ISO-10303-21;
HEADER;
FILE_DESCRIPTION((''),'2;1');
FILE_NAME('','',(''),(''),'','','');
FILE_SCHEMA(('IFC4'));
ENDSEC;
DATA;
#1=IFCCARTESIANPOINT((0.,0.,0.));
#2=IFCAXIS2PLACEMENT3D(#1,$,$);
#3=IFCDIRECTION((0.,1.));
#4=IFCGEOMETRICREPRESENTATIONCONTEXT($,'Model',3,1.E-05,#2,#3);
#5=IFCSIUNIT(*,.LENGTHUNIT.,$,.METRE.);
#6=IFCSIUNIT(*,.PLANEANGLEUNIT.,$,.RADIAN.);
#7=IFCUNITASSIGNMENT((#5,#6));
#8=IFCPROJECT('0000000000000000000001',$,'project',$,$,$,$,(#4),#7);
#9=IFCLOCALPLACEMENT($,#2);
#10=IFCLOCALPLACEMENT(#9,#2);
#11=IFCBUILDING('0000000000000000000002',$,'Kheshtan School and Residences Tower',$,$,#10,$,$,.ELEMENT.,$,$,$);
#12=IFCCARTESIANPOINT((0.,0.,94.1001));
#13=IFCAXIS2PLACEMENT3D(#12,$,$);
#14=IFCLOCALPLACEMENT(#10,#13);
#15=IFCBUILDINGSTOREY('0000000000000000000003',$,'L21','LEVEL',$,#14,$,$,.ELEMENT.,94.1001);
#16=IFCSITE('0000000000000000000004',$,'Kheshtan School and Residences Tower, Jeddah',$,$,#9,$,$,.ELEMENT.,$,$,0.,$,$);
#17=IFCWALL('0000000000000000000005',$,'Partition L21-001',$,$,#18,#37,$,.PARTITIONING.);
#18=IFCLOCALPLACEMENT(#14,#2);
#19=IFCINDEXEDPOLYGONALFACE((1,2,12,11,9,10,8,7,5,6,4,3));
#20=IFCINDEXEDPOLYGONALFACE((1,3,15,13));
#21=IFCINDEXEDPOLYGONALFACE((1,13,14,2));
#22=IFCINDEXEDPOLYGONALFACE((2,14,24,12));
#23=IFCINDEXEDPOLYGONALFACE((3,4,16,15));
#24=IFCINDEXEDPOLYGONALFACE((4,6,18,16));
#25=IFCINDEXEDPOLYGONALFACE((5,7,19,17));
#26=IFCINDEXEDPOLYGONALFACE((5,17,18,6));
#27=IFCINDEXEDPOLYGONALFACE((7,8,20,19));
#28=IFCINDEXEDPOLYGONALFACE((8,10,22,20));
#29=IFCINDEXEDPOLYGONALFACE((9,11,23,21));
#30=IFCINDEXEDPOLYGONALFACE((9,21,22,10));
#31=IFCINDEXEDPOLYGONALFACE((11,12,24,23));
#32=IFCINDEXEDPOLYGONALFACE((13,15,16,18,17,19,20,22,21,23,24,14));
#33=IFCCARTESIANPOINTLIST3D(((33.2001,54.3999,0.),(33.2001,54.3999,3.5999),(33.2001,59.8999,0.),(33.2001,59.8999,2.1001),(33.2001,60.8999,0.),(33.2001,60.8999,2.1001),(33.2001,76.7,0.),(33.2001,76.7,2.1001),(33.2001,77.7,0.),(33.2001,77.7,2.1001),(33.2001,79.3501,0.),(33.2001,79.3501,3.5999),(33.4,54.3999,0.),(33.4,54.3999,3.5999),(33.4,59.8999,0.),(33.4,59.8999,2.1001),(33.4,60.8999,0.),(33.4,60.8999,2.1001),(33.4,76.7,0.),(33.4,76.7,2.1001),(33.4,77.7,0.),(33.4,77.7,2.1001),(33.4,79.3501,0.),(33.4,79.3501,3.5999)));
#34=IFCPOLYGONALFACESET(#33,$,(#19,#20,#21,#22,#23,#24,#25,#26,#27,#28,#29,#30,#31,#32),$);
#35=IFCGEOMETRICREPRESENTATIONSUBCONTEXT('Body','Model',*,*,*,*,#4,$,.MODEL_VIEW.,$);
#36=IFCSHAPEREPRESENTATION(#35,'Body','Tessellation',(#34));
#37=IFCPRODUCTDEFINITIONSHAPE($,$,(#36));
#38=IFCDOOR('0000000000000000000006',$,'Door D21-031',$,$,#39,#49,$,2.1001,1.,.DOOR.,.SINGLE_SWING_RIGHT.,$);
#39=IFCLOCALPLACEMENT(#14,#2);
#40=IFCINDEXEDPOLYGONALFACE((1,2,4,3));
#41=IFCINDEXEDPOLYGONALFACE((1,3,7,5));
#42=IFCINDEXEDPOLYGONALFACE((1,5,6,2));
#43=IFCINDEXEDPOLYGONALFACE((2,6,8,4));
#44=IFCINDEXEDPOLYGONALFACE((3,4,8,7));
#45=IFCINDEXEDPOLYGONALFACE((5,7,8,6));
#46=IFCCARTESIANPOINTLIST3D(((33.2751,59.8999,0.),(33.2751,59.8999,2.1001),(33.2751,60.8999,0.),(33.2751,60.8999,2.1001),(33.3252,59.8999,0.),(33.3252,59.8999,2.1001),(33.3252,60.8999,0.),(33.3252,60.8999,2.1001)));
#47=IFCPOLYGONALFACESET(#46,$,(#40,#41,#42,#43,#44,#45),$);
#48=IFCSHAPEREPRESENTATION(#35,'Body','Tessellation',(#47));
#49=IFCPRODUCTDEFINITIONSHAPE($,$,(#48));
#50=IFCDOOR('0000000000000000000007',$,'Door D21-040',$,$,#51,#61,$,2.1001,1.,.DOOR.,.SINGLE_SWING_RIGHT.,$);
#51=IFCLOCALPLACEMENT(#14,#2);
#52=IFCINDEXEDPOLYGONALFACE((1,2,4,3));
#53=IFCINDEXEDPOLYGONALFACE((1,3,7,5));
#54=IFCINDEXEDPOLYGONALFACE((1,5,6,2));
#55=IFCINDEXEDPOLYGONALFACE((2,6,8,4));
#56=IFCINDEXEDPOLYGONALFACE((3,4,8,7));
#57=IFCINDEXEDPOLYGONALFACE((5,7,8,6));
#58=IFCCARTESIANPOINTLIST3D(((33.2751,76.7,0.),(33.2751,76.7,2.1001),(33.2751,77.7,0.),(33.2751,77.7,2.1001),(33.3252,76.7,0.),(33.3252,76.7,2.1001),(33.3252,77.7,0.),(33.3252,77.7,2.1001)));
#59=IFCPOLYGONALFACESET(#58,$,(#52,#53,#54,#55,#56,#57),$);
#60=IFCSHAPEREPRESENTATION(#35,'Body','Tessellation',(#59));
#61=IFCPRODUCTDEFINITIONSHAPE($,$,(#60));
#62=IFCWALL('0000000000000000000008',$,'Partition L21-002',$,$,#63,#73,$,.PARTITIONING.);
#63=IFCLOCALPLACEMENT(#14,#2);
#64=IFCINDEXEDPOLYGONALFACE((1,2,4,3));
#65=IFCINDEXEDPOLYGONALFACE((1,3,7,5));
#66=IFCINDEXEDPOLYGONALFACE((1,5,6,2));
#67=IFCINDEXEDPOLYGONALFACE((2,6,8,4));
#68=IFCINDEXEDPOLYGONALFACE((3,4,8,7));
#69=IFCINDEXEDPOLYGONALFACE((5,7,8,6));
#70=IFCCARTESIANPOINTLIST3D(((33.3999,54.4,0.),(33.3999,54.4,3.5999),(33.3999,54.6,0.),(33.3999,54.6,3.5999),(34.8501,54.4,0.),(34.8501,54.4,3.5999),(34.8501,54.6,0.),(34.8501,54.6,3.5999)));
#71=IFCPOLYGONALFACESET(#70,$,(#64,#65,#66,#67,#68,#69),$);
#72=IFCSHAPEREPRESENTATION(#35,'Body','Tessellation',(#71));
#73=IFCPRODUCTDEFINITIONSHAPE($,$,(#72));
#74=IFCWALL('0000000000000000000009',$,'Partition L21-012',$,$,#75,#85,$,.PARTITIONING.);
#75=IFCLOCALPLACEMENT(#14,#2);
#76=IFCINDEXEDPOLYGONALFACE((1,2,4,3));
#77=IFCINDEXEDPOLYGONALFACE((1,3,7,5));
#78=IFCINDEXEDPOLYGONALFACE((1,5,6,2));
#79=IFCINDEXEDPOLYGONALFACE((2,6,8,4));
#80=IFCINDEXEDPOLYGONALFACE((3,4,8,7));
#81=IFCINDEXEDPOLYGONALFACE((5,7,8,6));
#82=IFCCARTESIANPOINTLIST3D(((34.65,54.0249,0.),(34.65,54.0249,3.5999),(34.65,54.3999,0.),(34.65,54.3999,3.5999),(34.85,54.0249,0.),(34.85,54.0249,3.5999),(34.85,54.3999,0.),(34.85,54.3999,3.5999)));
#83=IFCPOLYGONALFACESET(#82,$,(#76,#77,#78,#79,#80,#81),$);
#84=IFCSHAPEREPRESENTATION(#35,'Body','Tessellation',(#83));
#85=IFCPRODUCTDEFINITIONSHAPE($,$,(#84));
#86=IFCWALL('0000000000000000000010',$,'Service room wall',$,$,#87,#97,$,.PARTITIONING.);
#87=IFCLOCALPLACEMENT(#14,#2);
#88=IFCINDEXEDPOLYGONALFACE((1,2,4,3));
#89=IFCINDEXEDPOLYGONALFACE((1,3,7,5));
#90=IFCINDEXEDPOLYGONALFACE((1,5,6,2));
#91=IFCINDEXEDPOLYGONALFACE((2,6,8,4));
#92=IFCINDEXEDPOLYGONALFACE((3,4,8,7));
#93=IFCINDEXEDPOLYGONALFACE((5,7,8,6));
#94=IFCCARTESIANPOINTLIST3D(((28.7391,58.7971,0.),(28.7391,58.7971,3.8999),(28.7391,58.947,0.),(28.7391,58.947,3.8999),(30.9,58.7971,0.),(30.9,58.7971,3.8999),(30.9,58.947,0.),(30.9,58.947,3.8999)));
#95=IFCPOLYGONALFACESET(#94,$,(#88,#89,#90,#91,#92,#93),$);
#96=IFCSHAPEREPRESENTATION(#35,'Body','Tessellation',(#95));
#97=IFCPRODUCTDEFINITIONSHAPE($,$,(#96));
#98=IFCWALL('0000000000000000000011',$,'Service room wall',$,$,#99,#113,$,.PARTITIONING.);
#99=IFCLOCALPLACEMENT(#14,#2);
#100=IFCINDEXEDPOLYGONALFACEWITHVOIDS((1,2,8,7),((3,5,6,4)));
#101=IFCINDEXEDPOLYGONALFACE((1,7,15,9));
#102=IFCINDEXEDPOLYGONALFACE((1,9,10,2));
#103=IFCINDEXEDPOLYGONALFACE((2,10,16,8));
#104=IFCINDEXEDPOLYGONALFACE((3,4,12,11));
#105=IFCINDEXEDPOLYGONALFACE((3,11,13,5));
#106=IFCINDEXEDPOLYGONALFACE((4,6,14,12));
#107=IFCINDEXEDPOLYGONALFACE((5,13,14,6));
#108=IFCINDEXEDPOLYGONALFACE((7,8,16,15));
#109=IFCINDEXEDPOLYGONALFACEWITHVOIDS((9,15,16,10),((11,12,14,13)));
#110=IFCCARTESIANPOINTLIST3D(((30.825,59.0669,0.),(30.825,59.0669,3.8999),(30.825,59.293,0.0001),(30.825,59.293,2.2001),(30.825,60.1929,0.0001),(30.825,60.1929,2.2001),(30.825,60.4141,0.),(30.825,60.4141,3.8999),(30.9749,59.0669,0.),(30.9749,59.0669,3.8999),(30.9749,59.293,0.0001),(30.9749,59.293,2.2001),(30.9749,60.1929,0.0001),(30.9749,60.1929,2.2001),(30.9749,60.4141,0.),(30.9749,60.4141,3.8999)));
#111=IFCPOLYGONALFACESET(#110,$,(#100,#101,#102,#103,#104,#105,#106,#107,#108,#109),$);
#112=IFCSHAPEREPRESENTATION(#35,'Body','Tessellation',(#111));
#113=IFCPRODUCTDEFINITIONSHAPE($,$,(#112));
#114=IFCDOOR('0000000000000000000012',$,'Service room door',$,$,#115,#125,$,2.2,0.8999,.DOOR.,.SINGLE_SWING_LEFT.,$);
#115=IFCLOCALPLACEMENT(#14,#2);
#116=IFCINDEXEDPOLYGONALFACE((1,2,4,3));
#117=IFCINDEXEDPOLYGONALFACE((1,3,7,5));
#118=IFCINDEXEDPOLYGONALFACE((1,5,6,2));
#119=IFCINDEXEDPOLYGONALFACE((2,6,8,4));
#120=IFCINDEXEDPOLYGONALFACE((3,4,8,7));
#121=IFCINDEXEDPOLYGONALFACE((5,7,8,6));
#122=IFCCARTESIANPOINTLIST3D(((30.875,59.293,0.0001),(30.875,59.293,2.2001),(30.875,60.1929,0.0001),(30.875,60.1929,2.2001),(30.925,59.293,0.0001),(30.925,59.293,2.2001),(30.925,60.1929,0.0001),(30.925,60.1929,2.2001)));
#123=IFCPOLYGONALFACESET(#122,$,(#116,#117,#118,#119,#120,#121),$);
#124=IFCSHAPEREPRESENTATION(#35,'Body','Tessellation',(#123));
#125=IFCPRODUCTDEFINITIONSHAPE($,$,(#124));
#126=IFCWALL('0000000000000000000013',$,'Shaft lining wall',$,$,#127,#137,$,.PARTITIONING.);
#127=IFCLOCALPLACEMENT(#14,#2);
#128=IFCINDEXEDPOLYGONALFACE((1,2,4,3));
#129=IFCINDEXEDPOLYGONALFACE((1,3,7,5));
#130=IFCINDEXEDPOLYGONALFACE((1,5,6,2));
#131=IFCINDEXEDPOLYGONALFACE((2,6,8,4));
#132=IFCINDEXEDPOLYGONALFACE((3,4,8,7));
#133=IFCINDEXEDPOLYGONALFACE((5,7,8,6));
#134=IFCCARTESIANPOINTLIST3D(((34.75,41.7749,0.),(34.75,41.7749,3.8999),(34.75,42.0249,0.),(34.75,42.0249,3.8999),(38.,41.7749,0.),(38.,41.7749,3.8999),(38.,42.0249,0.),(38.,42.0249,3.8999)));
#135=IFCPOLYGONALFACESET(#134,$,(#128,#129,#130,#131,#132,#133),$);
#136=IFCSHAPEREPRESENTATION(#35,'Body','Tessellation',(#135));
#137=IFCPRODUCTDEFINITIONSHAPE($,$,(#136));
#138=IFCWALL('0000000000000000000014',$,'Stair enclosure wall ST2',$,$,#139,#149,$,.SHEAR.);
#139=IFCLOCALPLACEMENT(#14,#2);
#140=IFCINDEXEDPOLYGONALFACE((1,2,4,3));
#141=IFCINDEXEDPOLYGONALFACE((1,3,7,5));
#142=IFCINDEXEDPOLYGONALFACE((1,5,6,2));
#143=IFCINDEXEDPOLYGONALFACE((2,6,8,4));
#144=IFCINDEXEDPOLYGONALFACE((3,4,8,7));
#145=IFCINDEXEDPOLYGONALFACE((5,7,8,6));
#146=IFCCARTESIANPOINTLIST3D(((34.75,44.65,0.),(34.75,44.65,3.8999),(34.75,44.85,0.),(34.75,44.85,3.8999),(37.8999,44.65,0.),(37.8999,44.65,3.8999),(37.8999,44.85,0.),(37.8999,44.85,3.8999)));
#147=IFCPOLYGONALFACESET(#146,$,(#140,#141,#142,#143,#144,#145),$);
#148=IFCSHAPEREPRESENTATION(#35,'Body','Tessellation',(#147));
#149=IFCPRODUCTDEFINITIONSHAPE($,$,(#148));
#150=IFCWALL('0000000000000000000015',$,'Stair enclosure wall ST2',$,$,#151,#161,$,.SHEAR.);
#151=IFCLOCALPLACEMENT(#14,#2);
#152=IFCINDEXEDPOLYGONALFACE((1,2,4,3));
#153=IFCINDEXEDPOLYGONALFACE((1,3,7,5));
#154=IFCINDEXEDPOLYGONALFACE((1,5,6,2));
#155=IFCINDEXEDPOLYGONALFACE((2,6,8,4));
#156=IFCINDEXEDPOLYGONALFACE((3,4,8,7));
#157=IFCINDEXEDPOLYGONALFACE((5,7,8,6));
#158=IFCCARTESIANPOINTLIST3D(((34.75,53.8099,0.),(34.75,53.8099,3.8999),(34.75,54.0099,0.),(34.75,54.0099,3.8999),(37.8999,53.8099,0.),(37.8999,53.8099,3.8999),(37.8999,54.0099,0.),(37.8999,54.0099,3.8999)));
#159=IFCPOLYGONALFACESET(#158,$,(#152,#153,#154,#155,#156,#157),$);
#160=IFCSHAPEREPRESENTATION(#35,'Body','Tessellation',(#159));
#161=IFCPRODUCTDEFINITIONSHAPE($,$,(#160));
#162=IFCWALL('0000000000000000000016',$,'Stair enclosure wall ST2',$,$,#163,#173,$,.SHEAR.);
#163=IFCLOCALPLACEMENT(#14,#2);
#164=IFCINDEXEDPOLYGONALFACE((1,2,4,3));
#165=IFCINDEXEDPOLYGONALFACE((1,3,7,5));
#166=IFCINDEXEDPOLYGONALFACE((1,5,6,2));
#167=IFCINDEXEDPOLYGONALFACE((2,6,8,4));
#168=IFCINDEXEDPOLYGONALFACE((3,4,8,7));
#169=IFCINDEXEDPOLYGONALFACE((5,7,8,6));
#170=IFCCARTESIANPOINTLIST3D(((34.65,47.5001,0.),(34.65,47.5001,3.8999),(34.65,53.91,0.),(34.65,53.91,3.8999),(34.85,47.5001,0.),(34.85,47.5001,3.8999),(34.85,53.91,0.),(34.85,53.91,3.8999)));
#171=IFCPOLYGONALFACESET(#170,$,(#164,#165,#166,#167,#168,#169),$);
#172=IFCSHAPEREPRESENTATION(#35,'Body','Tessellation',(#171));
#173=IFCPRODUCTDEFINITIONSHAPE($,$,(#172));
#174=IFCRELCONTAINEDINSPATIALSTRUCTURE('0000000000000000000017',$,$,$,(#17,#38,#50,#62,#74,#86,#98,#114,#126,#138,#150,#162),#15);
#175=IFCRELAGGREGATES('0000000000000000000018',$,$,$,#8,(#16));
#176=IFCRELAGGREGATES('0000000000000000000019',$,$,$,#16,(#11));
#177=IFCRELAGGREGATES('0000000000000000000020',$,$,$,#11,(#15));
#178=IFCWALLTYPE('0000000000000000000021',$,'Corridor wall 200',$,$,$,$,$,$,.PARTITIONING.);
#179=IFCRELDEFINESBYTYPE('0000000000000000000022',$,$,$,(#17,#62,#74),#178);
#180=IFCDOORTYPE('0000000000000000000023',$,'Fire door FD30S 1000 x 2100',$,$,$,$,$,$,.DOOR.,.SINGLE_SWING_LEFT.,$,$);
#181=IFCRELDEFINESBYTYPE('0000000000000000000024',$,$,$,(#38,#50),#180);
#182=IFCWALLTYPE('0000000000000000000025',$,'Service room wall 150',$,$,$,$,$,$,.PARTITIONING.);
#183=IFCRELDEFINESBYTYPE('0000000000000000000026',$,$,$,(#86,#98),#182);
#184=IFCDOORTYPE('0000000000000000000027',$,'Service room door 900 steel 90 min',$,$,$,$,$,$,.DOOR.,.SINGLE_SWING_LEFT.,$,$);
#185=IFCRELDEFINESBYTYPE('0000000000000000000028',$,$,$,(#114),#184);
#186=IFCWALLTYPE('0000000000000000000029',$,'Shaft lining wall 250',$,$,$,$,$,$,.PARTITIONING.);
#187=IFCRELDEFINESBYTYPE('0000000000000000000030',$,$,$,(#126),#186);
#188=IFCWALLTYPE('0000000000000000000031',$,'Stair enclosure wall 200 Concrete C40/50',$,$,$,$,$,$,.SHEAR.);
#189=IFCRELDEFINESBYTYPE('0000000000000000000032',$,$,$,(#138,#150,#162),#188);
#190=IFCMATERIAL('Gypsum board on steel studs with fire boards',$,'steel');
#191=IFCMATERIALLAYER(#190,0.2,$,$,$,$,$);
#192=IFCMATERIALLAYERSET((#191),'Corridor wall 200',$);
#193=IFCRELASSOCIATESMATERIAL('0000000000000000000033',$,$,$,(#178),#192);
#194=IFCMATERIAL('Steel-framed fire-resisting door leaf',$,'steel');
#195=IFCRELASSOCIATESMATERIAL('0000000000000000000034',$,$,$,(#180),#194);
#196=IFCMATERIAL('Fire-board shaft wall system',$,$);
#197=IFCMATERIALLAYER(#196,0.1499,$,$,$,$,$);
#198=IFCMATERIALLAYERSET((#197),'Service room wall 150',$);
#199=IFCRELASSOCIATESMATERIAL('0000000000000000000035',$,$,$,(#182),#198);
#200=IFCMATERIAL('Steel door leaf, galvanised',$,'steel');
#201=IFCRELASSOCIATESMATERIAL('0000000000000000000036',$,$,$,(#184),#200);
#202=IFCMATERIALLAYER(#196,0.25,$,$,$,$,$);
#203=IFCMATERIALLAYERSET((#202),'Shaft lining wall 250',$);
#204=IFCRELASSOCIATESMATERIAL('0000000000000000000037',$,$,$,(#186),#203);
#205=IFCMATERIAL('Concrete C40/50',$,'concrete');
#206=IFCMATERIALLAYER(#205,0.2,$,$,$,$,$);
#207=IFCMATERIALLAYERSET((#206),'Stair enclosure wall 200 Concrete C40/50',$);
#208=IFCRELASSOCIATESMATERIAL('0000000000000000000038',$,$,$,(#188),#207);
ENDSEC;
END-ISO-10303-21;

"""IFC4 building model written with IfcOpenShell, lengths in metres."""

from ifc_helpers import new_model, si_unit, direction, frame, frame_2d, origin, place, context, subcontext, project, spatial, rectangle, extrude, source, transform, mapped, material, layer, layer_set, type_object, element, fill, save


model = new_model("IFC4")

# Units and contexts
model_context = context("Model", 3, precision=1e-05, world=origin(), true_north=direction((0.0, 1.0)))
body_context = subcontext(model_context, "Body", "Model", "MODEL_VIEW")
ifc_project = project(units=[si_unit("LENGTHUNIT", "METRE"), si_unit("PLANEANGLEUNIT", "RADIAN")], contexts=[model_context])

# Site, building, storey
site_placement = place(None, origin())
site = spatial("IfcSite", under=ifc_project, at=site_placement, Name="Kheshtan School and Residences Tower, Jeddah", CompositionType="ELEMENT", RefElevation=0.0)
building_placement = place(site_placement, origin())
building = spatial("IfcBuilding", under=site, at=building_placement, Name="Kheshtan School and Residences Tower", CompositionType="ELEMENT")
storey_placement = place(building_placement, frame((0.0, 0.0, 94.1001)))
storey = spatial("IfcBuildingStorey", under=building, at=storey_placement, Name="L21", Description="LEVEL", CompositionType="ELEMENT", Elevation=94.1001)

# Wall, openings, doors
ifc_material_1 = material(Name="Gypsum board on steel studs with fire boards", Category="steel")
ifc_layer_1 = layer(ifc_material_1, 0.2)
ifc_layer_set_1 = layer_set([ifc_layer_1], Name="Corridor wall 200")
wall_type_1 = type_object("IfcWallType", Name="Corridor wall 200", PredefinedType="PARTITIONING", material=ifc_layer_set_1)
wall_1_placement = place(storey_placement, frame((33.3, 54.3999, 0.0), z_axis=(0.0, 0.0, 1.0), x_axis=(0.0, 1.0, 0.0)))
wall_1 = element("IfcWall", 1, at=wall_1_placement, inside=storey, type_object=wall_type_1, Name="Partition L21-001", PredefinedType="PARTITIONING", context=body_context, shape_type="SweptSolid", body=[
    extrude(rectangle(XDim=24.9502, YDim=0.2, at=frame_2d((12.4751, 0.0))), origin(), (0.0, 0.0, 1.0), 3.5999),
])
opening_1_placement = place(wall_1_placement, frame((5.5, 0.0, 0.0)))
opening_1 = element("IfcOpeningElement", 2, at=opening_1_placement, cuts=wall_1, PredefinedType="OPENING", context=body_context, shape_type="SweptSolid", body=[
    extrude(rectangle(XDim=1.0, YDim=2.1001, at=frame_2d((0.5, 1.05))), frame((0.0, 0.1099, 0.0), z_axis=(0.0, -1.0, 0.0), x_axis=(1.0, 0.0, 0.0)), (0.0, 0.0, 1.0), 0.22),
])
opening_2_placement = place(wall_1_placement, frame((22.3, 0.0, 0.0)))
opening_2 = element("IfcOpeningElement", 3, at=opening_2_placement, cuts=wall_1, PredefinedType="OPENING", context=body_context, shape_type="SweptSolid", body=[
    extrude(rectangle(XDim=1.0, YDim=2.1001, at=frame_2d((0.5, 1.05))), frame((0.0, 0.1099, 0.0), z_axis=(0.0, -1.0, 0.0), x_axis=(1.0, 0.0, 0.0)), (0.0, 0.0, 1.0), 0.22),
])
ifc_material_2 = material(Name="Steel-framed fire-resisting door leaf", Category="steel")
door_type_1 = type_object("IfcDoorType", Name="Fire door FD30S 1000 x 2100", OperationType="SINGLE_SWING_LEFT", PredefinedType="DOOR", material=ifc_material_2)
shared_shape_1 = source(origin(), body_context, "Body", "SweptSolid", [
    extrude(rectangle(XDim=1.0, YDim=2.1001, at=frame_2d((0.5, 1.05))), frame((0.0, 0.0249, 0.0), z_axis=(0.0, -1.0, 0.0), x_axis=(1.0, 0.0, 0.0)), (0.0, 0.0, 1.0), 0.05),
])
door_1_placement = place(opening_1_placement, origin())
door_1 = element("IfcDoor", 4, at=door_1_placement, inside=storey, type_object=door_type_1, Name="Door D21-031", OperationType="SINGLE_SWING_RIGHT", OverallHeight=2.1001, OverallWidth=1.0, PredefinedType="DOOR", context=body_context, shape_type="MappedRepresentation", body=[
    mapped(shared_shape_1, transform((0.0, 0.0, 0.0), x_axis=(1.0, 0.0, 0.0), y_axis=(0.0, 1.0, 0.0), z_axis=(0.0, 0.0, 1.0), scale=1.0)),
])
fill(opening_1, door_1)
door_2_placement = place(opening_2_placement, origin())
door_2 = element("IfcDoor", 5, at=door_2_placement, inside=storey, type_object=door_type_1, Name="Door D21-040", OperationType="SINGLE_SWING_RIGHT", OverallHeight=2.1001, OverallWidth=1.0, PredefinedType="DOOR", context=body_context, shape_type="MappedRepresentation", body=[
    mapped(shared_shape_1, transform((0.0, 0.0, 0.0), x_axis=(1.0, 0.0, 0.0), y_axis=(0.0, 1.0, 0.0), z_axis=(0.0, 0.0, 1.0), scale=1.0)),
])
fill(opening_2, door_2)

# Walls
wall_2_placement = place(storey_placement, frame((33.3999, 54.5, 0.0), z_axis=(0.0, 0.0, 1.0), x_axis=(1.0, 0.0, 0.0)))
element("IfcWall", 6, at=wall_2_placement, inside=storey, type_object=wall_type_1, Name="Partition L21-002", PredefinedType="PARTITIONING", context=body_context, shape_type="SweptSolid", body=[
    extrude(rectangle(XDim=1.4502, YDim=0.2, at=frame_2d((0.7251, 0.0))), origin(), (0.0, 0.0, 1.0), 3.5999),
])
wall_3_placement = place(storey_placement, frame((34.75, 54.0249, 0.0), z_axis=(0.0, 0.0, 1.0), x_axis=(0.0, 1.0, 0.0)))
element("IfcWall", 7, at=wall_3_placement, inside=storey, type_object=wall_type_1, Name="Partition L21-012", PredefinedType="PARTITIONING", context=body_context, shape_type="SweptSolid", body=[
    extrude(rectangle(XDim=0.375, YDim=0.2, at=frame_2d((0.1875, 0.0))), origin(), (0.0, 0.0, 1.0), 3.5999),
])
ifc_material_3 = material(Name="Fire-board shaft wall system")
ifc_layer_2 = layer(ifc_material_3, 0.1499)
ifc_layer_set_2 = layer_set([ifc_layer_2], Name="Service room wall 150")
wall_type_2 = type_object("IfcWallType", Name="Service room wall 150", PredefinedType="PARTITIONING", material=ifc_layer_set_2)
wall_4_placement = place(storey_placement, frame((28.739, 58.8721, 0.0), z_axis=(0.0, 0.0, 1.0), x_axis=(1.0, 0.0, 0.0)))
element("IfcWall", 8, at=wall_4_placement, inside=storey, type_object=wall_type_2, Name="Service room wall", PredefinedType="PARTITIONING", context=body_context, shape_type="SweptSolid", body=[
    extrude(rectangle(XDim=2.1609, YDim=0.1499, at=frame_2d((1.0806, 0.0))), origin(), (0.0, 0.0, 1.0), 3.8999),
])

# Wall, opening, door
wall_5_placement = place(storey_placement, frame((30.8999, 59.0669, 0.0), z_axis=(0.0, 0.0, 1.0), x_axis=(0.0, 1.0, 0.0)))
wall_5 = element("IfcWall", 9, at=wall_5_placement, inside=storey, type_object=wall_type_2, Name="Service room wall", PredefinedType="PARTITIONING", context=body_context, shape_type="SweptSolid", body=[
    extrude(rectangle(XDim=1.3472, YDim=0.1499, at=frame_2d((0.6736, 0.0))), origin(), (0.0, 0.0, 1.0), 3.8999),
])
opening_3_placement = place(wall_5_placement, frame((0.2261, 0.0, 0.0)))
opening_3 = element("IfcOpeningElement", 10, at=opening_3_placement, cuts=wall_5, PredefinedType="OPENING", context=body_context, shape_type="SweptSolid", body=[
    extrude(rectangle(XDim=0.8999, YDim=2.2, at=frame_2d((0.45, 1.1001))), frame((0.0, 0.085, 0.0), z_axis=(0.0, -1.0, 0.0), x_axis=(1.0, 0.0, 0.0)), (0.0, 0.0, 1.0), 0.1699),
])
ifc_material_4 = material(Name="Steel door leaf, galvanised", Category="steel")
door_type_2 = type_object("IfcDoorType", Name="Service room door 900 steel 90 min", OperationType="SINGLE_SWING_LEFT", PredefinedType="DOOR", material=ifc_material_4)
shared_shape_2 = source(origin(), body_context, "Body", "SweptSolid", [
    extrude(rectangle(XDim=0.8999, YDim=2.2, at=frame_2d((0.45, 1.1001))), frame((0.0, 0.0249, 0.0), z_axis=(0.0, -1.0, 0.0), x_axis=(1.0, 0.0, 0.0)), (0.0, 0.0, 1.0), 0.05),
])
door_3_placement = place(opening_3_placement, origin())
door_3 = element("IfcDoor", 11, at=door_3_placement, inside=storey, type_object=door_type_2, Name="Service room door", OperationType="SINGLE_SWING_LEFT", OverallHeight=2.2, OverallWidth=0.8999, PredefinedType="DOOR", context=body_context, shape_type="MappedRepresentation", body=[
    mapped(shared_shape_2, transform((0.0, 0.0, 0.0), x_axis=(1.0, 0.0, 0.0), y_axis=(0.0, 1.0, 0.0), z_axis=(0.0, 0.0, 1.0), scale=1.0)),
])
fill(opening_3, door_3)

# Walls
ifc_layer_3 = layer(ifc_material_3, 0.25)
ifc_layer_set_3 = layer_set([ifc_layer_3], Name="Shaft lining wall 250")
wall_type_3 = type_object("IfcWallType", Name="Shaft lining wall 250", PredefinedType="PARTITIONING", material=ifc_layer_set_3)
wall_6_placement = place(storey_placement, frame((34.75, 41.8999, 0.0), z_axis=(0.0, 0.0, 1.0), x_axis=(1.0, 0.0, 0.0)))
element("IfcWall", 12, at=wall_6_placement, inside=storey, type_object=wall_type_3, Name="Shaft lining wall", PredefinedType="PARTITIONING", context=body_context, shape_type="SweptSolid", body=[
    extrude(rectangle(XDim=3.25, YDim=0.25, at=frame_2d((1.625, 0.0))), origin(), (0.0, 0.0, 1.0), 3.8999),
])
ifc_material_5 = material(Name="Concrete C40/50", Category="concrete")
ifc_layer_4 = layer(ifc_material_5, 0.2)
ifc_layer_set_4 = layer_set([ifc_layer_4], Name="Stair enclosure wall 200 Concrete C40/50")
wall_type_4 = type_object("IfcWallType", Name="Stair enclosure wall 200 Concrete C40/50", PredefinedType="SHEAR", material=ifc_layer_set_4)
for number, where, z_axis, x_axis, name in (
    (13, (34.75, 44.75, 0.0), (0.0, 0.0, 1.0), (1.0, 0.0, 0.0), "Stair enclosure wall ST2"),
    (14, (34.75, 53.9099, 0.0), (0.0, 0.0, 1.0), (1.0, 0.0, 0.0), "Stair enclosure wall ST2"),
):
    element("IfcWall", number, at=place(storey_placement, frame(where, z_axis=z_axis, x_axis=x_axis)), inside=storey, type_object=wall_type_4, Name=name, PredefinedType="SHEAR", context=body_context, shape_type="SweptSolid", body=[
        extrude(rectangle(XDim=3.1499, YDim=0.2, at=frame_2d((1.575, 0.0))), origin(), (0.0, 0.0, 1.0), 3.8999),
    ])
wall_7_placement = place(storey_placement, frame((34.75, 47.5, 0.0), z_axis=(0.0, 0.0, 1.0), x_axis=(0.0, 1.0, 0.0)))
element("IfcWall", 15, at=wall_7_placement, inside=storey, type_object=wall_type_4, Name="Stair enclosure wall ST2", PredefinedType="SHEAR", context=body_context, shape_type="SweptSolid", body=[
    extrude(rectangle(XDim=6.4099, YDim=0.2, at=frame_2d((3.2051, 0.0))), origin(), (0.0, 0.0, 1.0), 3.8999),
])

save(model, "model.ifc")
